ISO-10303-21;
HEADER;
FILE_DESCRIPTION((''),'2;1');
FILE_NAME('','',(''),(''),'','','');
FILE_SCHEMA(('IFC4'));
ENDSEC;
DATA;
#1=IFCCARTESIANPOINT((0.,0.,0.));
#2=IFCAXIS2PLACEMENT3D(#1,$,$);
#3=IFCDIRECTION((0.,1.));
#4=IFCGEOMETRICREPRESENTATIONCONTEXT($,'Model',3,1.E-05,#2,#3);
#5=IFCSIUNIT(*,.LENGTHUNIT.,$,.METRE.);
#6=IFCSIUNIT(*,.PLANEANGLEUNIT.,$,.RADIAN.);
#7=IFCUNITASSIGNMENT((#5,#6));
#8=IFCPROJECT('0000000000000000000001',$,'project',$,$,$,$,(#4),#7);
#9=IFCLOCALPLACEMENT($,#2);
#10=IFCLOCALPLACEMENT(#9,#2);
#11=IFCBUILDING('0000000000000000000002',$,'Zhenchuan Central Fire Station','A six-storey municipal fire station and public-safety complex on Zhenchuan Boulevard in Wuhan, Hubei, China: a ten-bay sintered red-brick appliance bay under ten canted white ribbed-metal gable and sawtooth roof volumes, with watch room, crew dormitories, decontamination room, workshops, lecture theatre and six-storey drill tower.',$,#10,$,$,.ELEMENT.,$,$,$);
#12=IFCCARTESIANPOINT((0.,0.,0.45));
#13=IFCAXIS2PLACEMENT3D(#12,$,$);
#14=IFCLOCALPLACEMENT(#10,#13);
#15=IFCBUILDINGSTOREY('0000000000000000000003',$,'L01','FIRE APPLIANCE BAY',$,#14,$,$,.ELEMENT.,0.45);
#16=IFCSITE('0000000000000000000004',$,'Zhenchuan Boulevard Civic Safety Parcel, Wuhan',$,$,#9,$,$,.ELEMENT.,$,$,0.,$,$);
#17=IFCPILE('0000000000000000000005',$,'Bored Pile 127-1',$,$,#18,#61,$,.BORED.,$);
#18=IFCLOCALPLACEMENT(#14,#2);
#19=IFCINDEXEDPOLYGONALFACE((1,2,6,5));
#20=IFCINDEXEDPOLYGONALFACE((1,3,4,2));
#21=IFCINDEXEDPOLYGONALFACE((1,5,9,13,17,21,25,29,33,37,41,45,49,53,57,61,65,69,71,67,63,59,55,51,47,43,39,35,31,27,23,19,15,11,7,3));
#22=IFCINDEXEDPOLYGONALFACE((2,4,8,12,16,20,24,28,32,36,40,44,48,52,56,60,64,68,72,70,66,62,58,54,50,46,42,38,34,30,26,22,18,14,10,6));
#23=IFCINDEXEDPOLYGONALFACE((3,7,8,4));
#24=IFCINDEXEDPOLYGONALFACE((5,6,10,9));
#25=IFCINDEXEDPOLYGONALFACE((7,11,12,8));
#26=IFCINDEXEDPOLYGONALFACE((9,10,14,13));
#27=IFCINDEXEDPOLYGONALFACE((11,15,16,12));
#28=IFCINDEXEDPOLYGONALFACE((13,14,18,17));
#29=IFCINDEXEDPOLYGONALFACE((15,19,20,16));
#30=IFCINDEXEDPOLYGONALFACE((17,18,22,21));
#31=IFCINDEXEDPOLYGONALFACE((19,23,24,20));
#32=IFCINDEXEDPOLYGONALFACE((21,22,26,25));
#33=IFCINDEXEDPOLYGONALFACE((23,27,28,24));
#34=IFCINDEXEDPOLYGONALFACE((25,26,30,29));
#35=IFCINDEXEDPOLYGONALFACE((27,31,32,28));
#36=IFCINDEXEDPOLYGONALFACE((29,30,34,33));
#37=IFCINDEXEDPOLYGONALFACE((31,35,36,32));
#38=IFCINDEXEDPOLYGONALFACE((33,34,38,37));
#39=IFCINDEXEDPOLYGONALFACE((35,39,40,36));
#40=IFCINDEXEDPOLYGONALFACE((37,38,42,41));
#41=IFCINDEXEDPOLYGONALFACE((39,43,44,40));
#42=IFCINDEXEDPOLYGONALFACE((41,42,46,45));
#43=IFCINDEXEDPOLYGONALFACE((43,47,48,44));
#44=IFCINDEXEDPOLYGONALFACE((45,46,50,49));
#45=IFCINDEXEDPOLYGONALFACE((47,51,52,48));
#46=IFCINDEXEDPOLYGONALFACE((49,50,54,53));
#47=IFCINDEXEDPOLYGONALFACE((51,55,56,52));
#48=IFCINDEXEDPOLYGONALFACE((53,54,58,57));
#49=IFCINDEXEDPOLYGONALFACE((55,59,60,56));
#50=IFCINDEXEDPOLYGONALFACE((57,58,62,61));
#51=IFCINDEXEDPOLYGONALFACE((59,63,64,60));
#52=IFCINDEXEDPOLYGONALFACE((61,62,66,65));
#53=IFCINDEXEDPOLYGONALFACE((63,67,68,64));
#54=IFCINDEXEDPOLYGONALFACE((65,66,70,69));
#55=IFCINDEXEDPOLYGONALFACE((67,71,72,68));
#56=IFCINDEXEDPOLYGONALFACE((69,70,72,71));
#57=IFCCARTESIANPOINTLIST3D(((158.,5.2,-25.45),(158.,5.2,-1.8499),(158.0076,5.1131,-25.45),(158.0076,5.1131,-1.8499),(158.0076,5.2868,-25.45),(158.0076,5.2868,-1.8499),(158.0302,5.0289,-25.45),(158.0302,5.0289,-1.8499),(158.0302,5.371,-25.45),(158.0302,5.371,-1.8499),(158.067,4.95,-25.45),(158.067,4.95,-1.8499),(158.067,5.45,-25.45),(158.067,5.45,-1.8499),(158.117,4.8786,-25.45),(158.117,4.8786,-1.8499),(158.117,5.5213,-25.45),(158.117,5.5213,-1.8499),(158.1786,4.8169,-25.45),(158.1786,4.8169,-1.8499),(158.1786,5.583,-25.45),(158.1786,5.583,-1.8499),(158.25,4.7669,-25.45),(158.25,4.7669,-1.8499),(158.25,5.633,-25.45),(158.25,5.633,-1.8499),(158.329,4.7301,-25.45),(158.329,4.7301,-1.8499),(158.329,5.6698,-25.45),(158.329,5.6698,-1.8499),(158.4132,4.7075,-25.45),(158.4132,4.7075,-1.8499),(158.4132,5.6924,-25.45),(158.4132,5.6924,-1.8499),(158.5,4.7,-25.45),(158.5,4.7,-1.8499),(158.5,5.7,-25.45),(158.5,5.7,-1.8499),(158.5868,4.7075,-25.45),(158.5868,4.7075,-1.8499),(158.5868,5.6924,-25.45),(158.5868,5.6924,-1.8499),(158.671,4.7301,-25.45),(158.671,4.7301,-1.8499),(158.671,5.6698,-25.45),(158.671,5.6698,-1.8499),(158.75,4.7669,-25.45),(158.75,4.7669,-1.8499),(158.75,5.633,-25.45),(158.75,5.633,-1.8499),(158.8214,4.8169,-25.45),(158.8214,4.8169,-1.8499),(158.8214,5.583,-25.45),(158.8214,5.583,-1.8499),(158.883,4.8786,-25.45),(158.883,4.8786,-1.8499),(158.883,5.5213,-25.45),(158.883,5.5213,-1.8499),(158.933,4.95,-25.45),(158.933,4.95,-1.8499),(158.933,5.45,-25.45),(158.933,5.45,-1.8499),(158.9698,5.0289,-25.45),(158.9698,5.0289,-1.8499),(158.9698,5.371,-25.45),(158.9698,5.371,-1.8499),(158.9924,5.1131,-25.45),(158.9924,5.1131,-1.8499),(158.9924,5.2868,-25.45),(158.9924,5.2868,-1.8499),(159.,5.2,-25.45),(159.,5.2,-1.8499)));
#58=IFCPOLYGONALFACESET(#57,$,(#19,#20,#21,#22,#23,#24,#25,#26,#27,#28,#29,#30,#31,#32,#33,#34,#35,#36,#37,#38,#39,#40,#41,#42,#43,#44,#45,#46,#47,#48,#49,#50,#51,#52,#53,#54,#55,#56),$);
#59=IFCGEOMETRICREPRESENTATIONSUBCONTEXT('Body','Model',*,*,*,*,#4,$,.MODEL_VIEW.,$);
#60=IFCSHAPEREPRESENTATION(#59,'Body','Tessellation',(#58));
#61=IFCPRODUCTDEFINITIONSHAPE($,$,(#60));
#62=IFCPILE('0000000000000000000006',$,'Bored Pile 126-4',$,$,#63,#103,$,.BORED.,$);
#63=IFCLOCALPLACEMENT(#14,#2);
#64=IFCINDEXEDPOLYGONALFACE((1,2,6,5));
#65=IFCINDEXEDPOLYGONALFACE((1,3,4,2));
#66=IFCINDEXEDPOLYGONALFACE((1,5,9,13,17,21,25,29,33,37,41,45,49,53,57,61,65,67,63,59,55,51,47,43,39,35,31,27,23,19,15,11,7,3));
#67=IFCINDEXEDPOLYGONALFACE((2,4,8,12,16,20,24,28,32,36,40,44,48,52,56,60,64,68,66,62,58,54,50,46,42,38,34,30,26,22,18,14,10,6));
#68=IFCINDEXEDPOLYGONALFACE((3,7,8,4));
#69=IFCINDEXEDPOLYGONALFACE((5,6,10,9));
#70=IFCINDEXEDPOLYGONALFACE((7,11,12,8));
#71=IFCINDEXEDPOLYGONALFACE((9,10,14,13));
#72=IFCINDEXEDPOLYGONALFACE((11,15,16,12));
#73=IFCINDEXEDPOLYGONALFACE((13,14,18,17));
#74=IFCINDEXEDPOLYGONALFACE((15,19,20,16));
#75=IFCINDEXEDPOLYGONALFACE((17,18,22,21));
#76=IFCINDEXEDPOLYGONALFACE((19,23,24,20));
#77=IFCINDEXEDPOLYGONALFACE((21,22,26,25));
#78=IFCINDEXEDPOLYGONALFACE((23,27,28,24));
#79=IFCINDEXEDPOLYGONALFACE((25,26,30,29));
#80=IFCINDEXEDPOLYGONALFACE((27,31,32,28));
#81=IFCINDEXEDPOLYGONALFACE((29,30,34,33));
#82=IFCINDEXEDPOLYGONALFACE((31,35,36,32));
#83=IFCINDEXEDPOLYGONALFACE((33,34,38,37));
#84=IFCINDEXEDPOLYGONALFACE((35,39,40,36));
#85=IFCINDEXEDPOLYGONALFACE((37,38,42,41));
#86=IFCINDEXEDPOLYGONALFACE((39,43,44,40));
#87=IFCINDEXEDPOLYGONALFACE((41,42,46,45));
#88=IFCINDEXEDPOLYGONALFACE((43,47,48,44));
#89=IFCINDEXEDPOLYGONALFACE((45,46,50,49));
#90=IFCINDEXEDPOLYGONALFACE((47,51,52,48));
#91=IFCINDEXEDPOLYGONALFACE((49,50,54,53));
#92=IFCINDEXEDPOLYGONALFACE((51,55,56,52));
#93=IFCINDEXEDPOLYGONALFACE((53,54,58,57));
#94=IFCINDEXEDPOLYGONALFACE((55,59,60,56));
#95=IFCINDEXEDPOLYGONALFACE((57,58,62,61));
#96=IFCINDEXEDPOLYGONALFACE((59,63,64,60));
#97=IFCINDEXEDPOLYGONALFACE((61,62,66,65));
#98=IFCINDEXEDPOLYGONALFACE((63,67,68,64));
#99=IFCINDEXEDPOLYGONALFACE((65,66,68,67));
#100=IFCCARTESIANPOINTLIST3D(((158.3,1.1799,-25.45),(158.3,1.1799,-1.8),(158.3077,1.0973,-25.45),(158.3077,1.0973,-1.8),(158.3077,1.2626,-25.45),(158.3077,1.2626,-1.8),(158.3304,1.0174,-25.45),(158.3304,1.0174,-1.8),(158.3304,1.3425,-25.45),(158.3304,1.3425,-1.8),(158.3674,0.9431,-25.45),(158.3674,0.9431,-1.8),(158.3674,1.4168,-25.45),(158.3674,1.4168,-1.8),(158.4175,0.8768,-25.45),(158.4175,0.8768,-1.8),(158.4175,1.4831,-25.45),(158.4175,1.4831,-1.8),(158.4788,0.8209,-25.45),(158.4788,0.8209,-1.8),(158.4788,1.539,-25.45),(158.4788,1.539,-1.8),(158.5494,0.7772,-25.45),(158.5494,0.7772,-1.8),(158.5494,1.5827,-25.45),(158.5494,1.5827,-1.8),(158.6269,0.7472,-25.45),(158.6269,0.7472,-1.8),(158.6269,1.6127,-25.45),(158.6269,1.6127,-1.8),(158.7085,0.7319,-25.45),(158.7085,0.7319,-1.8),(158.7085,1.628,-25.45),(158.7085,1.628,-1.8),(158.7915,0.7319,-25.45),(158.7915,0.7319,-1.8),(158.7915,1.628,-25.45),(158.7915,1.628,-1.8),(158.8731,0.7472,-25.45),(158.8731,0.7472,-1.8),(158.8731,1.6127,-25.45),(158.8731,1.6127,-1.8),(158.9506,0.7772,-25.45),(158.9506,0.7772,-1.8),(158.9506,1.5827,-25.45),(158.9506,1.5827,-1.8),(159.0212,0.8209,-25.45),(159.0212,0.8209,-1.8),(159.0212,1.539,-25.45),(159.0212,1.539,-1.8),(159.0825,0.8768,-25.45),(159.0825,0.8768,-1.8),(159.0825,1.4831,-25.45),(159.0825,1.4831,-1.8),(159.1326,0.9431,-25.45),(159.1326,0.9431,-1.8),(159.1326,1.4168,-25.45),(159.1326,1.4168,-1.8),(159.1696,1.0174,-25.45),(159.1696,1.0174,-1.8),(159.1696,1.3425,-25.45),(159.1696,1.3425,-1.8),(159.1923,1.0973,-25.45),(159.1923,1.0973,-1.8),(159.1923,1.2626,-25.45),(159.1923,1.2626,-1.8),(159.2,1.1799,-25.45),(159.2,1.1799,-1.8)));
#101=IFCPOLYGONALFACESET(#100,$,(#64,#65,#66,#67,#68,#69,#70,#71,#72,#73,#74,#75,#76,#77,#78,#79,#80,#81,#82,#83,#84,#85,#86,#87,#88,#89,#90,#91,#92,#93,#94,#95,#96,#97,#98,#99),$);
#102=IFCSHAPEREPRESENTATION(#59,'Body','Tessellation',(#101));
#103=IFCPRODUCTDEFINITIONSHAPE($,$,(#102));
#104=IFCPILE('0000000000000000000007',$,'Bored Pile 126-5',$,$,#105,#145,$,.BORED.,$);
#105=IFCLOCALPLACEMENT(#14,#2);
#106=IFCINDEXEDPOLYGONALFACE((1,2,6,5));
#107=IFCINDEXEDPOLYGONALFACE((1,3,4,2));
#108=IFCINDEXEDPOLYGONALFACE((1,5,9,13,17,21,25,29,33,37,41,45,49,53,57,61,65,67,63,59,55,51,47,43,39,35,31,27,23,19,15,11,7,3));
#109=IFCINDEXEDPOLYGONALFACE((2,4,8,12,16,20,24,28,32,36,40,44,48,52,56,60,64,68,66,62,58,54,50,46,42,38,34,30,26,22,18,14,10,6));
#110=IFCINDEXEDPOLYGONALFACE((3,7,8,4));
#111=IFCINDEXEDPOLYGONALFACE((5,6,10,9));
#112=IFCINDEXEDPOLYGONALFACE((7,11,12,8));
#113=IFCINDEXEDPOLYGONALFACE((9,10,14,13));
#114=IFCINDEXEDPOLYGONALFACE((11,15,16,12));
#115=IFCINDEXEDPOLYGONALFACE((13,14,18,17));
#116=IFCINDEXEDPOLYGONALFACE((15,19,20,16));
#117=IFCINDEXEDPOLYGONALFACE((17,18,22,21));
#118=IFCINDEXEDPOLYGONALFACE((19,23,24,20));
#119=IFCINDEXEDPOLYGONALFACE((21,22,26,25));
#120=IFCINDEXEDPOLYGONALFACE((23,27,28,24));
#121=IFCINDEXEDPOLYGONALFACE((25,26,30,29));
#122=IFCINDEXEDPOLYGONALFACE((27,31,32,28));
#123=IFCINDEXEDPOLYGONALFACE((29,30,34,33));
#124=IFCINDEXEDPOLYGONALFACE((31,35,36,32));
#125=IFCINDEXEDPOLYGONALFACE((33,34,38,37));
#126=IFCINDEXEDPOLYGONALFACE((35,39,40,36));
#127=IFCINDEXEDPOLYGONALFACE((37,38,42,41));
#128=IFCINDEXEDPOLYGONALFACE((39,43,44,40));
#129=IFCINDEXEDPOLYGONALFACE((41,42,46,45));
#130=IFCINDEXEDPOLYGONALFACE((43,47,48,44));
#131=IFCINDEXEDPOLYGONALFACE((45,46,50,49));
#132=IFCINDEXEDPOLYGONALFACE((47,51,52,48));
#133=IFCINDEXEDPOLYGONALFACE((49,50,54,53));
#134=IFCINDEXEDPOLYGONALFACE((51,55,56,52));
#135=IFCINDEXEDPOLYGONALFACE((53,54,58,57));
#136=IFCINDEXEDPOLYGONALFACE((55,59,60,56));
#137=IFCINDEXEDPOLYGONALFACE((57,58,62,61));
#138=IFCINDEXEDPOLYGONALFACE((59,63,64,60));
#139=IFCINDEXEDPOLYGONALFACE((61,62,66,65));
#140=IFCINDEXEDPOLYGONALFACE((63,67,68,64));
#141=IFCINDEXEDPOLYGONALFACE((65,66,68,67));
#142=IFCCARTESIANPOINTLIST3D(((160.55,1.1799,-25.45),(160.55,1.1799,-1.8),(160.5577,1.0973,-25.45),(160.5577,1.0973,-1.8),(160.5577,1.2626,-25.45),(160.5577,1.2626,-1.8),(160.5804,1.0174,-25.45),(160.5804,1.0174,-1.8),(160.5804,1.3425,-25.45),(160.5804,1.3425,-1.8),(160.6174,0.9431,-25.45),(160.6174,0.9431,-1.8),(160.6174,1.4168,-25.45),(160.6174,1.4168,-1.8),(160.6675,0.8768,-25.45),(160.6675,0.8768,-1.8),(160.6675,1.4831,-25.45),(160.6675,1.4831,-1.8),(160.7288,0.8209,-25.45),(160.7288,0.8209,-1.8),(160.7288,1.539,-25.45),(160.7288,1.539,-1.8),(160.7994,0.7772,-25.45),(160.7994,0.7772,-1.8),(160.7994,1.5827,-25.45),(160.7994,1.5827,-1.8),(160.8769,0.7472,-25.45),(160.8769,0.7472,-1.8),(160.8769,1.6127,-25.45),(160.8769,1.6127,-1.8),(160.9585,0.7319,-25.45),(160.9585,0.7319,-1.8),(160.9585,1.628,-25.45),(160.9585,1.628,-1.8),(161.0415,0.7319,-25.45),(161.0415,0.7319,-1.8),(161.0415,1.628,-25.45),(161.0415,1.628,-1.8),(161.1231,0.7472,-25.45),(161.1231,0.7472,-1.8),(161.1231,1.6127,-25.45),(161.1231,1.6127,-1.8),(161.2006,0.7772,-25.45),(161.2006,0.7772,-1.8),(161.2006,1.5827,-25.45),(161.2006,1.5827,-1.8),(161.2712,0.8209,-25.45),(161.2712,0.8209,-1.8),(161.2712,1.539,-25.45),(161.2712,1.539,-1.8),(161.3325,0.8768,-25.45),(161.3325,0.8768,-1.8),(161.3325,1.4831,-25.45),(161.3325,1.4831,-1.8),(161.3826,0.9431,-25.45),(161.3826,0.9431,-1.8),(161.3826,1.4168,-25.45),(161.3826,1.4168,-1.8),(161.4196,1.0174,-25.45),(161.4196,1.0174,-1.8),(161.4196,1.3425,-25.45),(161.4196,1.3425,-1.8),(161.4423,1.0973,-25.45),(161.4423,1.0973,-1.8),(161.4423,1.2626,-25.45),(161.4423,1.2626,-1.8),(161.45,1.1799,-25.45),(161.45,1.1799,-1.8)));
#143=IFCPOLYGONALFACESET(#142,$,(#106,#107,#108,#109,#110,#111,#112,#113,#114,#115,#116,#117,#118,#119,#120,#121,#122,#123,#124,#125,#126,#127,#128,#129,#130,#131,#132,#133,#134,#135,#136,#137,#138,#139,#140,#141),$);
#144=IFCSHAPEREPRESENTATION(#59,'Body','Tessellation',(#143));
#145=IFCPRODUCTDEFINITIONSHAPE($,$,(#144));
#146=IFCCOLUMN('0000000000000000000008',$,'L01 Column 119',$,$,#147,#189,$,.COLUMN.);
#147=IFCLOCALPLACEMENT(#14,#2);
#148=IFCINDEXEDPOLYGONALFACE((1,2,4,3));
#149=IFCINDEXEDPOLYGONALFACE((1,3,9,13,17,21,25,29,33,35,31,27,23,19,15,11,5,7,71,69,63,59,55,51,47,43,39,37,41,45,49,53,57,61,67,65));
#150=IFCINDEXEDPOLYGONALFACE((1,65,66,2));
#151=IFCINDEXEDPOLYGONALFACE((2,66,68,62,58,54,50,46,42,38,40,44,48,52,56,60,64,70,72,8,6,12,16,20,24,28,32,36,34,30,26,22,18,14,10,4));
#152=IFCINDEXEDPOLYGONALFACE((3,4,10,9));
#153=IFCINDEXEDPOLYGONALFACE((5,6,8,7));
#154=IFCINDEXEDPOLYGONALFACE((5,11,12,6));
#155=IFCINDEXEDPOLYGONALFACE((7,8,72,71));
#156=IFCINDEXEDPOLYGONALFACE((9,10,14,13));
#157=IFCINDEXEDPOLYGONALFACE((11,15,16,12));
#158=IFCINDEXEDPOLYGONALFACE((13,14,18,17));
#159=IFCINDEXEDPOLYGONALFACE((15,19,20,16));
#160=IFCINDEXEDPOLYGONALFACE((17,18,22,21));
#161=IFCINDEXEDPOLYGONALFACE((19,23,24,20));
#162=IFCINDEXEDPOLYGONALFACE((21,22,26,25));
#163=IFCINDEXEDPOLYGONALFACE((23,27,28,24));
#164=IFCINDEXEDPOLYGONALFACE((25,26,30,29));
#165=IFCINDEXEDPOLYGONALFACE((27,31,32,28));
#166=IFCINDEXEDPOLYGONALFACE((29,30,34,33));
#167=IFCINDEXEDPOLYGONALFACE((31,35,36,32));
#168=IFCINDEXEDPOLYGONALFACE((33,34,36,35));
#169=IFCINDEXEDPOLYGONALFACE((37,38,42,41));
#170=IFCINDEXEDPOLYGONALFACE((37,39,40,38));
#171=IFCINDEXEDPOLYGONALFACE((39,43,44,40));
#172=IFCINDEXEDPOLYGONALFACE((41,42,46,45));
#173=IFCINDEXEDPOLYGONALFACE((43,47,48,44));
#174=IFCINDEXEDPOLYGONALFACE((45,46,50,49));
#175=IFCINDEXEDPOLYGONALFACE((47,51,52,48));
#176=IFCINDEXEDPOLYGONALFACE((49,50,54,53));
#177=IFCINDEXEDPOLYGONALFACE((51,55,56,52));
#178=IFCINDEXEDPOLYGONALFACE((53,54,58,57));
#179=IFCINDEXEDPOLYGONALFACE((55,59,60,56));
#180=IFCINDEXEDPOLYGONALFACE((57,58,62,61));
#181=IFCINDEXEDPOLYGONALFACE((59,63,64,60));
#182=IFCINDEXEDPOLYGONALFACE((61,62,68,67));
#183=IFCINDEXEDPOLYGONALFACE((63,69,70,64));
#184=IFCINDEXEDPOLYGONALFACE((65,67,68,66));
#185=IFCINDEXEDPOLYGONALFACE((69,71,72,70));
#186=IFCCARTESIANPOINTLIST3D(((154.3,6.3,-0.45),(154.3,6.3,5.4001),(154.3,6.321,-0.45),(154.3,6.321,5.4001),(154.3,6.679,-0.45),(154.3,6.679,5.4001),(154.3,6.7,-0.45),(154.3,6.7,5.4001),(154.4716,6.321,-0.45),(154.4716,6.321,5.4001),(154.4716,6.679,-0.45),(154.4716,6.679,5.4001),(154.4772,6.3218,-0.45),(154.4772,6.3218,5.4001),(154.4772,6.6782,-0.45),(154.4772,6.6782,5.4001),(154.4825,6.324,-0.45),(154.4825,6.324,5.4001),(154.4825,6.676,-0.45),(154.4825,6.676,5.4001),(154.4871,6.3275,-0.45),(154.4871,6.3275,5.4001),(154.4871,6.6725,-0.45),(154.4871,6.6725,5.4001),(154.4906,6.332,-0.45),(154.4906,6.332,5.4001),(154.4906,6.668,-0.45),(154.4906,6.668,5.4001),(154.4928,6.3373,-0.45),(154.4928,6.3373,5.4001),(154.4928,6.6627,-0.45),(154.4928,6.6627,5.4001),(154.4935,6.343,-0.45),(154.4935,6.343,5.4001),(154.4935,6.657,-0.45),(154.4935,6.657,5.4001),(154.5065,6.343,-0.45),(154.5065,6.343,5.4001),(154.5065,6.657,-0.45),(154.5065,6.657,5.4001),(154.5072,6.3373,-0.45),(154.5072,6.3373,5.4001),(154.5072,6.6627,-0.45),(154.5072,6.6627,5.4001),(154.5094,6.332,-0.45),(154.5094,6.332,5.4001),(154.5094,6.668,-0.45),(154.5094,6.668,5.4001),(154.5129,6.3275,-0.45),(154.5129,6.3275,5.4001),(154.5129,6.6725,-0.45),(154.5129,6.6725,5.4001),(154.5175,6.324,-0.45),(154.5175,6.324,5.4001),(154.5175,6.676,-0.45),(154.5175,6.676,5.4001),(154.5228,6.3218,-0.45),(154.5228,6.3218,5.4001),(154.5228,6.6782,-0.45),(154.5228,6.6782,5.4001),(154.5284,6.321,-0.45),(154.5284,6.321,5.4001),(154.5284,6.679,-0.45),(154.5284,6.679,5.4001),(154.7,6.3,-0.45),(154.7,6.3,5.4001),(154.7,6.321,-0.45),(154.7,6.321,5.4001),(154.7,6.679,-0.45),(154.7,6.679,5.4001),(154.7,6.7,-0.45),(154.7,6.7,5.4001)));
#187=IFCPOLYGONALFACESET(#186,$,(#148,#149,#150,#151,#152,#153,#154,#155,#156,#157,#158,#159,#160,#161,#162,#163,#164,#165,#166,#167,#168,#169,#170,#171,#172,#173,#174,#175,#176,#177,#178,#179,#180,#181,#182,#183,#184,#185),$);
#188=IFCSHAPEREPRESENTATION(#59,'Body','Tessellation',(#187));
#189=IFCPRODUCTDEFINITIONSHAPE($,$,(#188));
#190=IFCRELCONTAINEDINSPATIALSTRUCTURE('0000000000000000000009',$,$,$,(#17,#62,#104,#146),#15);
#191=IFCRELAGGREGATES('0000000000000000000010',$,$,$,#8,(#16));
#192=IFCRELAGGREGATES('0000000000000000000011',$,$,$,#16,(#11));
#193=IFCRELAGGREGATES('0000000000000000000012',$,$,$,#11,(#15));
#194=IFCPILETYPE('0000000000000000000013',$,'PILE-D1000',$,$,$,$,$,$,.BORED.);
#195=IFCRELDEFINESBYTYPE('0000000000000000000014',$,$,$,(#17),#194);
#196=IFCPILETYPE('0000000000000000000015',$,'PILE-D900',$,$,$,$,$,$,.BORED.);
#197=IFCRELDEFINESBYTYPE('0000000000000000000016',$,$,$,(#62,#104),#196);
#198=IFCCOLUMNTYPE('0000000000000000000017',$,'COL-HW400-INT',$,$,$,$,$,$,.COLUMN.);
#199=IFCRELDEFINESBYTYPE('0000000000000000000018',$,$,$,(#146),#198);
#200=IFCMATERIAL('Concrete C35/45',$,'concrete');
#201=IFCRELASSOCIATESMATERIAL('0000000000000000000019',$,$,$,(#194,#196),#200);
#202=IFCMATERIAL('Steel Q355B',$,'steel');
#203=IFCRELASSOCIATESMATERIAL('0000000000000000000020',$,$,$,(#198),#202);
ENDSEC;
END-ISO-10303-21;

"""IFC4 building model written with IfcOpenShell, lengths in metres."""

from ifc_helpers import new_model, si_unit, direction, frame, origin, origin_2d, place, context, subcontext, project, spatial, circle, i_section, extrude, material, material_profile, profile_set, type_object, element, save


model = new_model("IFC4")

# Units and contexts
model_context = context("Model", 3, precision=1e-05, world=origin(), true_north=direction((0.0, 1.0)))
body_context = subcontext(model_context, "Body", "Model", "MODEL_VIEW")
ifc_project = project(units=[si_unit("LENGTHUNIT", "METRE"), si_unit("PLANEANGLEUNIT", "RADIAN")], contexts=[model_context])

# Site, building, storey
site_placement = place(None, origin())
site = spatial("IfcSite", under=ifc_project, at=site_placement, Name="Zhenchuan Boulevard Civic Safety Parcel, Wuhan", CompositionType="ELEMENT", RefElevation=0.0)
building_placement = place(site_placement, origin())
building = spatial("IfcBuilding", under=site, at=building_placement, Name="Zhenchuan Central Fire Station", Description="A six-storey municipal fire station and public-safety complex on Zhenchuan Boulevard in Wuhan, Hubei, China: a ten-bay sintered red-brick appliance bay under ten canted white ribbed-metal gable and sawtooth roof volumes, with watch room, crew dormitories, decontamination room, workshops, lecture theatre and six-storey drill tower.", CompositionType="ELEMENT")
storey_placement = place(building_placement, frame((0.0, 0.0, 0.45)))
storey = spatial("IfcBuildingStorey", under=building, at=storey_placement, Name="L01", Description="FIRE APPLIANCE BAY", CompositionType="ELEMENT", Elevation=0.45)

# Piles
ifc_material_1 = material(Name="Concrete C35/45", Category="concrete")
ifc_material_profile_1 = material_profile(ifc_material_1, circle(Radius=0.5, at=origin_2d()), Name="PILE D1000")
ifc_profile_set_1 = profile_set([ifc_material_profile_1], Name="Concrete C35/45")
pile_type_1 = type_object("IfcPileType", Name="PILE-D1000", PredefinedType="BORED", material=ifc_profile_set_1)
pile_placement = place(storey_placement, frame((158.5, 5.2, -1.8499), z_axis=(0.0, 0.0, -1.0), x_axis=(1.0, 0.0, 0.0)))
element("IfcPile", 1, at=pile_placement, inside=storey, type_object=pile_type_1, Name="Bored Pile 127-1", PredefinedType="BORED", context=body_context, shape_type="SweptSolid", body=[
    extrude(circle(Radius=0.5, at=origin_2d()), origin(), (0.0, 0.0, 1.0), 23.6001),
])
ifc_material_profile_2 = material_profile(ifc_material_1, circle(Radius=0.45, at=origin_2d()), Name="PILE D900")
ifc_profile_set_2 = profile_set([ifc_material_profile_2], Name="Concrete C35/45")
pile_type_2 = type_object("IfcPileType", Name="PILE-D900", PredefinedType="BORED", material=ifc_profile_set_2)
for number, where, z_axis, x_axis, name in (
    (2, (158.75, 1.1799, -1.8), (0.0, 0.0, -1.0), (1.0, 0.0, 0.0), "Bored Pile 126-4"),
    (3, (161.0, 1.1799, -1.8), (0.0, 0.0, -1.0), (1.0, 0.0, 0.0), "Bored Pile 126-5"),
):
    element("IfcPile", number, at=place(storey_placement, frame(where, z_axis=z_axis, x_axis=x_axis)), inside=storey, type_object=pile_type_2, Name=name, PredefinedType="BORED", context=body_context, shape_type="SweptSolid", body=[
        extrude(circle(Radius=0.45, at=origin_2d()), origin(), (0.0, 0.0, 1.0), 23.6499),
    ])

# Column
ifc_material_2 = material(Name="Steel Q355B", Category="steel")
ifc_material_profile_3 = material_profile(ifc_material_2, i_section(OverallWidth=0.3999, OverallDepth=0.3999, WebThickness=0.0129, FlangeThickness=0.021, FilletRadius=0.022, at=origin_2d()), Name="HW 400x400")
ifc_profile_set_3 = profile_set([ifc_material_profile_3], Name="Steel Q355B")
column_type = type_object("IfcColumnType", Name="COL-HW400-INT", PredefinedType="COLUMN", material=ifc_profile_set_3)
column_placement = place(storey_placement, frame((154.5, 6.5, -0.45), z_axis=(0.0, 0.0, 1.0), x_axis=(1.0, 0.0, 0.0)))
element("IfcColumn", 4, at=column_placement, inside=storey, type_object=column_type, Name="L01 Column 119", PredefinedType="COLUMN", context=body_context, shape_type="SweptSolid", body=[
    extrude(i_section(OverallWidth=0.3999, OverallDepth=0.3999, WebThickness=0.0129, FlangeThickness=0.021, FilletRadius=0.022, at=origin_2d()), origin(), (0.0, 0.0, 1.0), 5.8501),
])

save(model, "model.ifc")
